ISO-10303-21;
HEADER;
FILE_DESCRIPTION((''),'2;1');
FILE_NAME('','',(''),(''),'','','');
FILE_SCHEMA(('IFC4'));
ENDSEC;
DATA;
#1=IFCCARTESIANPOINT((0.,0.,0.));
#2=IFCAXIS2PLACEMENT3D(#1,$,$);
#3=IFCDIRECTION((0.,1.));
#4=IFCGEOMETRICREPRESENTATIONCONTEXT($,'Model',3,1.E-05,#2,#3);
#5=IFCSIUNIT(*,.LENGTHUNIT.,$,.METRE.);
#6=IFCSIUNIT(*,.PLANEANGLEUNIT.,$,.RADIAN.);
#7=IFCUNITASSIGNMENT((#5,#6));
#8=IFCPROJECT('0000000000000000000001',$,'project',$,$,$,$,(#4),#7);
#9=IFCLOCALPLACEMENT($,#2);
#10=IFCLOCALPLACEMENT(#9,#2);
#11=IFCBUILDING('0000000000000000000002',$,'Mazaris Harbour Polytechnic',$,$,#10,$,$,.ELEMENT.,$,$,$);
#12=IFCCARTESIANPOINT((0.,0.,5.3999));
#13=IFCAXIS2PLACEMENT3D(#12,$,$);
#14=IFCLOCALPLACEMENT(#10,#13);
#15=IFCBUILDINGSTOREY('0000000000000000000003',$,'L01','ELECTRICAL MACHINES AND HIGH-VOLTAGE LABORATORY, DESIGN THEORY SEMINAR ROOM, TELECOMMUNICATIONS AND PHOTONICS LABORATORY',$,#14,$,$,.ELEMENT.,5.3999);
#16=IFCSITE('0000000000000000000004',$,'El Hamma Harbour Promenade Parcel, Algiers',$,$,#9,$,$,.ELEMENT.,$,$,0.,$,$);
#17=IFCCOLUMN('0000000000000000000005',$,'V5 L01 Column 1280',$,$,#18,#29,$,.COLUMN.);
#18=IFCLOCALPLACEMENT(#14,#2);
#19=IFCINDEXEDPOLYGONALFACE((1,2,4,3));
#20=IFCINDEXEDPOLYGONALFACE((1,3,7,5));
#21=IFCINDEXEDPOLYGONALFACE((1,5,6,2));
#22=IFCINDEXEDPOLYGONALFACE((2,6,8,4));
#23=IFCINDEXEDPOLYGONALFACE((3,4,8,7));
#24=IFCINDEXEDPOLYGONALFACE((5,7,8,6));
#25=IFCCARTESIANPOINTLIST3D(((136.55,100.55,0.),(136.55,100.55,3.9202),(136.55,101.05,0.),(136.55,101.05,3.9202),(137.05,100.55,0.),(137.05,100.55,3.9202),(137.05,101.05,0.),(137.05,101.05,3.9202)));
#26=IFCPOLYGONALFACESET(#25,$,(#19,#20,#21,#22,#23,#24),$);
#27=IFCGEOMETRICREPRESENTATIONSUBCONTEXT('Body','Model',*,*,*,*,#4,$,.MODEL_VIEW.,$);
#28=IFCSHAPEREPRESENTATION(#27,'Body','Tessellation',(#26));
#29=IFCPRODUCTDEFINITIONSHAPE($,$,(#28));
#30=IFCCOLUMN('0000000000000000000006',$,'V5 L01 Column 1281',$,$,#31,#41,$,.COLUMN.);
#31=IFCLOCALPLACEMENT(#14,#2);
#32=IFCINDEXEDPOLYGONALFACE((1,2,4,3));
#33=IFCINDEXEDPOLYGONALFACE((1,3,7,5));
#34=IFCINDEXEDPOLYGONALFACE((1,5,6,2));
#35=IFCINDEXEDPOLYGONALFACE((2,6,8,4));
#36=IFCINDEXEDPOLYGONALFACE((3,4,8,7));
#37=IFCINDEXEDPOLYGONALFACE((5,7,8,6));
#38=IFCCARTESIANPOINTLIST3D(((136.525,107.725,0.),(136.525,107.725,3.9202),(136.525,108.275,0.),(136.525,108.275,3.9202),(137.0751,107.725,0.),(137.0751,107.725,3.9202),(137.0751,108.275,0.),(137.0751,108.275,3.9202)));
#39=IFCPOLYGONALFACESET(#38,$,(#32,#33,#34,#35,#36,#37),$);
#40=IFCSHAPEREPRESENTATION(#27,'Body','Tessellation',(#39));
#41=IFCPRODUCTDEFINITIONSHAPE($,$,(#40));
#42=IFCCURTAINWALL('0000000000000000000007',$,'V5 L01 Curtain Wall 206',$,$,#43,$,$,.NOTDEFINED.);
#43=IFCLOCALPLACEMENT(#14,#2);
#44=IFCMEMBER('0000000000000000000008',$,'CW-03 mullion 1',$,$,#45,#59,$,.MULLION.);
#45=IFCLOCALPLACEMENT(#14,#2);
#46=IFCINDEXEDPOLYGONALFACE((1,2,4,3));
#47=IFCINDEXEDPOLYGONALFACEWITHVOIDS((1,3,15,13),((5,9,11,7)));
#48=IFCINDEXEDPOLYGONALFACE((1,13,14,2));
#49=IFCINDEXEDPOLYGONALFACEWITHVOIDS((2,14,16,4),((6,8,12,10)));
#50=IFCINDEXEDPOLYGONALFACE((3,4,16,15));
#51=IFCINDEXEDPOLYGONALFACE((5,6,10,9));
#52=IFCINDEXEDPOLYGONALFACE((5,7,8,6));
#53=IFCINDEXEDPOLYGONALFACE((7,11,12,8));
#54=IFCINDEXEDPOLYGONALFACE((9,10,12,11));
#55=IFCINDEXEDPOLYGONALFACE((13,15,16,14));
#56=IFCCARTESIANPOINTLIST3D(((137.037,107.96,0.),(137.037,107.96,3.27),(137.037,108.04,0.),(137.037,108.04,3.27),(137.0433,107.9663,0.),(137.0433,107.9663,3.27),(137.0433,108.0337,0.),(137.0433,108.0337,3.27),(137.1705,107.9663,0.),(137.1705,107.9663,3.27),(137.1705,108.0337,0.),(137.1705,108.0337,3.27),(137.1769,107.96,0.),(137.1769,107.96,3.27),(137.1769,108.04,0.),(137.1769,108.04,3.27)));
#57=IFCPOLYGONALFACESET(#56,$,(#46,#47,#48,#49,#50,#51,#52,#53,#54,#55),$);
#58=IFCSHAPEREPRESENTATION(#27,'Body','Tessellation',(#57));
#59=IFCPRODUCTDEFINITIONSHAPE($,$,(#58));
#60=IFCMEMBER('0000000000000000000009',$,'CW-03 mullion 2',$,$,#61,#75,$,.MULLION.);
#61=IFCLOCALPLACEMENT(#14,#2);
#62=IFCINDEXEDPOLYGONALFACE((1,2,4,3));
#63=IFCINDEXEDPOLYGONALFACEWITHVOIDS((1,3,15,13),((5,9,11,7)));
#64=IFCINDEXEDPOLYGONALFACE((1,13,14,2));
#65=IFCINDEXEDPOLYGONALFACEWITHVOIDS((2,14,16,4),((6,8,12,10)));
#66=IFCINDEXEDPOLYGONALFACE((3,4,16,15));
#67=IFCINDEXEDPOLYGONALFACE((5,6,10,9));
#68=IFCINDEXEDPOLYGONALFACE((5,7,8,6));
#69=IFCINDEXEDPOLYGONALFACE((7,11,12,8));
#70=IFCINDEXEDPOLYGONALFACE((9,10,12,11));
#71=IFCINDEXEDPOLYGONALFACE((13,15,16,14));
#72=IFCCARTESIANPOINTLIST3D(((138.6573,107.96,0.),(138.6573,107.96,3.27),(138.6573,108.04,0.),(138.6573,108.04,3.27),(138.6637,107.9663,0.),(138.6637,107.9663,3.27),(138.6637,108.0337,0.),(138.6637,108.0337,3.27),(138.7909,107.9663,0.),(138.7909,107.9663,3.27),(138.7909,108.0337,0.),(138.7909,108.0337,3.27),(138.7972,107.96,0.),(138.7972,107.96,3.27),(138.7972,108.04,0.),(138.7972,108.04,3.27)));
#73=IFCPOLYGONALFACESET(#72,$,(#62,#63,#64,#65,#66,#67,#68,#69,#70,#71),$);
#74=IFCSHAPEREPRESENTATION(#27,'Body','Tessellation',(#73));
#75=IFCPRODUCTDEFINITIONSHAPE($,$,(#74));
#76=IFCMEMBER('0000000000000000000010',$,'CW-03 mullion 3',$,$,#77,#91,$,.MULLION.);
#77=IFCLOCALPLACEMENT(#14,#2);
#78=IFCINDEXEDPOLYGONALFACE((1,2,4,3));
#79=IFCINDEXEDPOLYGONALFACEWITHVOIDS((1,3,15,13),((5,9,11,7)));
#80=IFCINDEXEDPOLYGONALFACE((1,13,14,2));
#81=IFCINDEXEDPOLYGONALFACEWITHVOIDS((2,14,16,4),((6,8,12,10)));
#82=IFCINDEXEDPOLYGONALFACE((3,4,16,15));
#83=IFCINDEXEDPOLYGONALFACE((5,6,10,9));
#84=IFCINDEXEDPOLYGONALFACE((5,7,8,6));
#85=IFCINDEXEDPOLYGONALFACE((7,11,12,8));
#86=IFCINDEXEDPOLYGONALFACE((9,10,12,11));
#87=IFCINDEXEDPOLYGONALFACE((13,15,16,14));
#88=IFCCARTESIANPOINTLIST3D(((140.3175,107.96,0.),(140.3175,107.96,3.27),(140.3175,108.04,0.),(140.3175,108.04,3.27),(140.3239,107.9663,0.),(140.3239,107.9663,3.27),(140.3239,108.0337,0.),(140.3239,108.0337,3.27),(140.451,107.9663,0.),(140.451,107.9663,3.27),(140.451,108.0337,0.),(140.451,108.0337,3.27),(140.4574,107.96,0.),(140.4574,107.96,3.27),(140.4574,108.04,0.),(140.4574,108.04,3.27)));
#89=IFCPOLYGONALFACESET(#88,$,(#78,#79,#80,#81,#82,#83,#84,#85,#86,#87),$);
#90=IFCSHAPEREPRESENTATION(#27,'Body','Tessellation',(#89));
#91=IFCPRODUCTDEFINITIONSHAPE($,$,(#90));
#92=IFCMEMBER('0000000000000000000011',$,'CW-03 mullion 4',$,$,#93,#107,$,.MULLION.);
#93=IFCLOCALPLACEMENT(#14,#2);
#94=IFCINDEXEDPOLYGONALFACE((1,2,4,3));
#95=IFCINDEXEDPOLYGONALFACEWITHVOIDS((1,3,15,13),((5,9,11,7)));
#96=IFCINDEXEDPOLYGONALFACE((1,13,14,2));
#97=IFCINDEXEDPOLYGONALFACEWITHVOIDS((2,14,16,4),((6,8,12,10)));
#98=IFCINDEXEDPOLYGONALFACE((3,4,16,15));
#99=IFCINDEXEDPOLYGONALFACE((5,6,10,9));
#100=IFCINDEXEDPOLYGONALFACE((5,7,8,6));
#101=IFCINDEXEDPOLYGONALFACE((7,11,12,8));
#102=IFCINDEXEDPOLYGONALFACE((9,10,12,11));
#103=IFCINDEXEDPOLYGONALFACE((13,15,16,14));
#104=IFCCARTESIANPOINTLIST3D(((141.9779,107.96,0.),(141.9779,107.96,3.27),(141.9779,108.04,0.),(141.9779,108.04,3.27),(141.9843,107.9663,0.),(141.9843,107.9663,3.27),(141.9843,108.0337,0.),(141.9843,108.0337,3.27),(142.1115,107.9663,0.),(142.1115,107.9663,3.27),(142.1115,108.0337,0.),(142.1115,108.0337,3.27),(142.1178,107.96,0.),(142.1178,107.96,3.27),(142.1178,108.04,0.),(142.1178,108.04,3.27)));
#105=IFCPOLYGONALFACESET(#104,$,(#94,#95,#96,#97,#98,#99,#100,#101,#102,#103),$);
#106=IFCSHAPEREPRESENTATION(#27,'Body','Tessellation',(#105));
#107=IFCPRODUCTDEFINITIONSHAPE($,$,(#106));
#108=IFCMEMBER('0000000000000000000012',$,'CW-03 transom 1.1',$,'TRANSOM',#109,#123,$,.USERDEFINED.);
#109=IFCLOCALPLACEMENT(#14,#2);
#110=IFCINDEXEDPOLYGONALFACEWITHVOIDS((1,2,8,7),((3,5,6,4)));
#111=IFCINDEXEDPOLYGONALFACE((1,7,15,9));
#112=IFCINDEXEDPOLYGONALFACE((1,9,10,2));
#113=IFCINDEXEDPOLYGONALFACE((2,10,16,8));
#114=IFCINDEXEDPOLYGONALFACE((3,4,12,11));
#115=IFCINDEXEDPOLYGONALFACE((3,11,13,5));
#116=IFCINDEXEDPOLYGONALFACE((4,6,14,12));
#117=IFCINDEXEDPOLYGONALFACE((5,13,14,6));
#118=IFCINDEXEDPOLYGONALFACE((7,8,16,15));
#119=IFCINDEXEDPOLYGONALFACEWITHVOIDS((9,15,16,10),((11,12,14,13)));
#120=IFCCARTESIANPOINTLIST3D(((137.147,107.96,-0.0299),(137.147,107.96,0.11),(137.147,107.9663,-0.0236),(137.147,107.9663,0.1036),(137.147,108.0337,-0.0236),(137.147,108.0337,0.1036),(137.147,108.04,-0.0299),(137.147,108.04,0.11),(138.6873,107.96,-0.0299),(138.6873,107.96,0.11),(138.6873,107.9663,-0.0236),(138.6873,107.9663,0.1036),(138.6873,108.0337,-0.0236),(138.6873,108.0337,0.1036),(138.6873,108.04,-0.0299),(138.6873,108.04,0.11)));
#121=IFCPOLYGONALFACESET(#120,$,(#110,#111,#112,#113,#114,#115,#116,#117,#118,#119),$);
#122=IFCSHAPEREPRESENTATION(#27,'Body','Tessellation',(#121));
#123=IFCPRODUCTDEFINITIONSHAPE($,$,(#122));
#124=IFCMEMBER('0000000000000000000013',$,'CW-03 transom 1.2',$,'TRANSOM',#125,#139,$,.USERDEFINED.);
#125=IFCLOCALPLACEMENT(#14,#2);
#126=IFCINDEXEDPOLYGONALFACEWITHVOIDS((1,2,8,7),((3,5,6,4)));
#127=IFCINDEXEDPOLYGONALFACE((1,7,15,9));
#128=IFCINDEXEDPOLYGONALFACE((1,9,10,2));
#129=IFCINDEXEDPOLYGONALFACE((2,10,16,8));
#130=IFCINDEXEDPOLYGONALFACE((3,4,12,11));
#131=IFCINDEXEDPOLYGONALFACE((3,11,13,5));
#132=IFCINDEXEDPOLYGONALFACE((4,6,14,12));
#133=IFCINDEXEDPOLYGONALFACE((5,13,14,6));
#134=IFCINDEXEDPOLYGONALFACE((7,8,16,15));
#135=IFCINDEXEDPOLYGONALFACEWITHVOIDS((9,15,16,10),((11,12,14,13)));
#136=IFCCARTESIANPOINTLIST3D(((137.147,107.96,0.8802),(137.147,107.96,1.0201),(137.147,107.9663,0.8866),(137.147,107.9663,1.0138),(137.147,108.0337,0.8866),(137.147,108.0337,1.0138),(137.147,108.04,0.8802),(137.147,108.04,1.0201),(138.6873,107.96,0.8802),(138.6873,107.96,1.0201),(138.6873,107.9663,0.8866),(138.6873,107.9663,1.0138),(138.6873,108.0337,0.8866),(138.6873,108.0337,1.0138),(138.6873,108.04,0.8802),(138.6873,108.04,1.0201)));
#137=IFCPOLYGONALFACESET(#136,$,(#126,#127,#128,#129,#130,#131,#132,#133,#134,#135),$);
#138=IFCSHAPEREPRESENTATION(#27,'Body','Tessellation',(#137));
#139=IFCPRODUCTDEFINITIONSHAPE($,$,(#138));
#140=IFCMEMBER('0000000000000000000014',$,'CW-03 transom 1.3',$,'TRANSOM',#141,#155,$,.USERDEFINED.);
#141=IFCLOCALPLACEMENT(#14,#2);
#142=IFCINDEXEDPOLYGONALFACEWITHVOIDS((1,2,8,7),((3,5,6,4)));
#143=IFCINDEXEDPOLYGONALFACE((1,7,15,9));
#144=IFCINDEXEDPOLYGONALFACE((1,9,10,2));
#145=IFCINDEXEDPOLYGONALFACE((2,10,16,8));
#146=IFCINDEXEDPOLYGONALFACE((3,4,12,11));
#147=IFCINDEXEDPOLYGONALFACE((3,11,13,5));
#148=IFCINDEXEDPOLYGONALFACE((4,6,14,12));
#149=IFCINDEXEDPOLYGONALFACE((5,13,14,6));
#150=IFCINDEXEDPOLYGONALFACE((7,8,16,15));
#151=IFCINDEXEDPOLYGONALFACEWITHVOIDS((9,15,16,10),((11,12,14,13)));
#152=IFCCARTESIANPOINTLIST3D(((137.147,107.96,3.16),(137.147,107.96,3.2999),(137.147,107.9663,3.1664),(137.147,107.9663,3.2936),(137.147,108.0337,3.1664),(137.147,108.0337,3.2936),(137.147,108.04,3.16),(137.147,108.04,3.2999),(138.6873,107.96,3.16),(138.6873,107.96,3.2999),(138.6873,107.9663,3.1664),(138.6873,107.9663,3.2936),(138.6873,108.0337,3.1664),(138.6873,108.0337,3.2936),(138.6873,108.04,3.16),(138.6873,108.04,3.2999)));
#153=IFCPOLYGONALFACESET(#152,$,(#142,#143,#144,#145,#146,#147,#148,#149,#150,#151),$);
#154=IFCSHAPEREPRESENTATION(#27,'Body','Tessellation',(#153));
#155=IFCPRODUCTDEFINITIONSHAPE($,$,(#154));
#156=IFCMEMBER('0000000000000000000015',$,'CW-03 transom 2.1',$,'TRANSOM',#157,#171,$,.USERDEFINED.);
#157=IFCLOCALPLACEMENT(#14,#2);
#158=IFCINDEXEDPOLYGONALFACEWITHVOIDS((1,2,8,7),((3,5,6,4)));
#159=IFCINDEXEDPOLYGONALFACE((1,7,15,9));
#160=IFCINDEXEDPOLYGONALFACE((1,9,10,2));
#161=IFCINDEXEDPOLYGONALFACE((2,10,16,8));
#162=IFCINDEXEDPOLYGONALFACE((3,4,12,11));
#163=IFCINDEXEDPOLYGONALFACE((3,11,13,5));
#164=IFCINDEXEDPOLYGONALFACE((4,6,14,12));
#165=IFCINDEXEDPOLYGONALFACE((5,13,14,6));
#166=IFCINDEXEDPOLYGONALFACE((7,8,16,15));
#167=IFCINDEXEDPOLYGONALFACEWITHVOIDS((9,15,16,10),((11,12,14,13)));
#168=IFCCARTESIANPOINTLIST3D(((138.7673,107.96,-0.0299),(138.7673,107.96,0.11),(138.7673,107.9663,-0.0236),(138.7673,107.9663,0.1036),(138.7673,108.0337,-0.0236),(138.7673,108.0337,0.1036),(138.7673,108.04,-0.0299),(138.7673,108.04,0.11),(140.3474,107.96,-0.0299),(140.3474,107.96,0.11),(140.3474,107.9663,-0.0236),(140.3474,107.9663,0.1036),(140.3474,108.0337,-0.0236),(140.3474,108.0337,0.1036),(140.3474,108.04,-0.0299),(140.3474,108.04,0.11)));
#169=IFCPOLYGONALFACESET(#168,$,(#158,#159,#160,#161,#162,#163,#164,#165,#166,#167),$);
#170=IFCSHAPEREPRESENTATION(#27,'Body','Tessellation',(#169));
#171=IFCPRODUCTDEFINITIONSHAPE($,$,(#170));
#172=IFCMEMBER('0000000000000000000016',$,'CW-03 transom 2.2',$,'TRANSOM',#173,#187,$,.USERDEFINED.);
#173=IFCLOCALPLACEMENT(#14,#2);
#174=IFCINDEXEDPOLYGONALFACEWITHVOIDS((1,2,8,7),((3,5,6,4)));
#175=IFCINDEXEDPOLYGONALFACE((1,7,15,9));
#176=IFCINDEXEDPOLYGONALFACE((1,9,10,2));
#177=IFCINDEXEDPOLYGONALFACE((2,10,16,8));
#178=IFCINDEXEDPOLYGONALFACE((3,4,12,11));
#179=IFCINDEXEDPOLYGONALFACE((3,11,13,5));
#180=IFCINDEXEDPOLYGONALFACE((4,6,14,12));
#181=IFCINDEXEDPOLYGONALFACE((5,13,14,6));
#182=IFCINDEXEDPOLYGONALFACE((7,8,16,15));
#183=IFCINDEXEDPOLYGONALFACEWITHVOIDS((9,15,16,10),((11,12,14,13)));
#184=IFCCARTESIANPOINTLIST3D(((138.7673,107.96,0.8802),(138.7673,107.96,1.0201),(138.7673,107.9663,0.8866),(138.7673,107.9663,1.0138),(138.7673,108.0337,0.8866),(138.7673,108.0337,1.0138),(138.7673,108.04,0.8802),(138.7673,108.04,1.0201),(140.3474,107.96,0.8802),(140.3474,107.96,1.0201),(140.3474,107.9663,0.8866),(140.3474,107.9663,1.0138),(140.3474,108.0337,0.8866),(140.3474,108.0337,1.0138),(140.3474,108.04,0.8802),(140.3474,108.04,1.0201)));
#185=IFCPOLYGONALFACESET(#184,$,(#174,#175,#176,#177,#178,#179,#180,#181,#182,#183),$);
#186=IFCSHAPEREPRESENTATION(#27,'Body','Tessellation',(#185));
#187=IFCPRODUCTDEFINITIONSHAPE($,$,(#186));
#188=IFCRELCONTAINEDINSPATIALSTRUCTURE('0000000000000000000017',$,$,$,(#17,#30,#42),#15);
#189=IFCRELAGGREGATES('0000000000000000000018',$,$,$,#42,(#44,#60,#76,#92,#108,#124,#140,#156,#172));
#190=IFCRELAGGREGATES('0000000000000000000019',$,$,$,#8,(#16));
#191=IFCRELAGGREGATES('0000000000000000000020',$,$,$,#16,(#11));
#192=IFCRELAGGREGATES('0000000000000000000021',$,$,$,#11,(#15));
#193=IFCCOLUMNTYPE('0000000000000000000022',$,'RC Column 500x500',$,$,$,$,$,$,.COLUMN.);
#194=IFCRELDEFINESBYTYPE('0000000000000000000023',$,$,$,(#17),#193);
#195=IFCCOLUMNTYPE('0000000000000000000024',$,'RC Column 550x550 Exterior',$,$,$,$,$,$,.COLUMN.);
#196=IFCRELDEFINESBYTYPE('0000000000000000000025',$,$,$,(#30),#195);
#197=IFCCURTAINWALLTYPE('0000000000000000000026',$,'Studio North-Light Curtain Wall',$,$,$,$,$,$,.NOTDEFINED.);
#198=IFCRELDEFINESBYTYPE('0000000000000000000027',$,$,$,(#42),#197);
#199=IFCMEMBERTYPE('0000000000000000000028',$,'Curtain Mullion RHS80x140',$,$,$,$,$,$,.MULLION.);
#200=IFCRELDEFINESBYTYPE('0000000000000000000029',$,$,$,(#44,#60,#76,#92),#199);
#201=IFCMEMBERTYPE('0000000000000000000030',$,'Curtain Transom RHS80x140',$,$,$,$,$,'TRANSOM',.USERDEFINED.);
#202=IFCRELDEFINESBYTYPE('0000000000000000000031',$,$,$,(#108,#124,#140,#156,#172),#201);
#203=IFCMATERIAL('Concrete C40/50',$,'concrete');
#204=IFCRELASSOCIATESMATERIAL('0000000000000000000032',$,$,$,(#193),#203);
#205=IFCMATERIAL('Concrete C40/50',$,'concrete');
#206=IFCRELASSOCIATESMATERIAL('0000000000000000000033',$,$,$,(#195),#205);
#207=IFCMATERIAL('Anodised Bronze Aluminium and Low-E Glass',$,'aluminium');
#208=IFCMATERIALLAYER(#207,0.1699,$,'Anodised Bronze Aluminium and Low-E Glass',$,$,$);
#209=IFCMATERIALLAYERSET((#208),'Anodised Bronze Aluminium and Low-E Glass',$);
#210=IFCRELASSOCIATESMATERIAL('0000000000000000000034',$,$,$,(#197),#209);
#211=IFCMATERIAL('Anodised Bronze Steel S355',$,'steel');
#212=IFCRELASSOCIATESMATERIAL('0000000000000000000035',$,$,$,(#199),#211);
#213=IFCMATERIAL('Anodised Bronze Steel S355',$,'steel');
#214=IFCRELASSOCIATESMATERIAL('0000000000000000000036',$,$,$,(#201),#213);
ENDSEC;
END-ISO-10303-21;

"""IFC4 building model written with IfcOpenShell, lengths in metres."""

from ifc_helpers import new_model, si_unit, direction, frame, origin, origin_2d, place, context, subcontext, project, spatial, rectangle, hollow_rectangle, extrude, material, layer, layer_set, material_profile, profile_set, type_object, element, aggregate, save


model = new_model("IFC4")

# Units and contexts
model_context = context("Model", 3, precision=1e-05, world=origin(), true_north=direction((0.0, 1.0)))
body_context = subcontext(model_context, "Body", "Model", "MODEL_VIEW")
ifc_project = project(units=[si_unit("LENGTHUNIT", "METRE"), si_unit("PLANEANGLEUNIT", "RADIAN")], contexts=[model_context])

# Site, building, storey
site_placement = place(None, origin())
site = spatial("IfcSite", under=ifc_project, at=site_placement, Name="El Hamma Harbour Promenade Parcel, Algiers", CompositionType="ELEMENT", RefElevation=0.0)
building_placement = place(site_placement, origin())
building = spatial("IfcBuilding", under=site, at=building_placement, Name="Mazaris Harbour Polytechnic", CompositionType="ELEMENT")
storey_placement = place(building_placement, frame((0.0, 0.0, 5.3999)))
storey = spatial("IfcBuildingStorey", under=building, at=storey_placement, Name="L01", Description="ELECTRICAL MACHINES AND HIGH-VOLTAGE LABORATORY, DESIGN THEORY SEMINAR ROOM, TELECOMMUNICATIONS AND PHOTONICS LABORATORY", CompositionType="ELEMENT", Elevation=5.3999)

# Columns
ifc_material_1 = material(Name="Concrete C40/50", Category="concrete")
ifc_material_profile_1 = material_profile(ifc_material_1, rectangle(XDim=0.5, YDim=0.5, at=origin_2d()), Name="RECT500x500")
ifc_profile_set_1 = profile_set([ifc_material_profile_1], Name="Concrete C40/50")
column_type_1 = type_object("IfcColumnType", Name="RC Column 500x500", PredefinedType="COLUMN", material=ifc_profile_set_1)
column_1_placement = place(storey_placement, frame((136.8, 100.8, 0.0), z_axis=(0.0, 0.0, 1.0), x_axis=(1.0, 0.0, 0.0)))
element("IfcColumn", 1, at=column_1_placement, inside=storey, type_object=column_type_1, Name="V5 L01 Column 1280", PredefinedType="COLUMN", context=body_context, shape_type="SweptSolid", body=[
    extrude(rectangle(XDim=0.5, YDim=0.5, at=origin_2d()), origin(), (0.0, 0.0, 1.0), 3.9202),
])
ifc_material_2 = material(Name="Concrete C40/50", Category="concrete")
ifc_material_profile_2 = material_profile(ifc_material_2, rectangle(XDim=0.55, YDim=0.55, at=origin_2d()), Name="RECT550x550")
ifc_profile_set_2 = profile_set([ifc_material_profile_2], Name="Concrete C40/50")
column_type_2 = type_object("IfcColumnType", Name="RC Column 550x550 Exterior", PredefinedType="COLUMN", material=ifc_profile_set_2)
column_2_placement = place(storey_placement, frame((136.8, 108.0, 0.0), z_axis=(0.0, 0.0, 1.0), x_axis=(1.0, 0.0, 0.0)))
element("IfcColumn", 2, at=column_2_placement, inside=storey, type_object=column_type_2, Name="V5 L01 Column 1281", PredefinedType="COLUMN", context=body_context, shape_type="SweptSolid", body=[
    extrude(rectangle(XDim=0.55, YDim=0.55, at=origin_2d()), origin(), (0.0, 0.0, 1.0), 3.9202),
])

# Curtain wall, members
ifc_material_3 = material(Name="Anodised Bronze Aluminium and Low-E Glass", Category="aluminium")
ifc_layer_1 = layer(ifc_material_3, 0.1699, Name="Anodised Bronze Aluminium and Low-E Glass")
ifc_layer_set_1 = layer_set([ifc_layer_1], Name="Anodised Bronze Aluminium and Low-E Glass")
curtain_wall_type = type_object("IfcCurtainWallType", Name="Studio North-Light Curtain Wall", PredefinedType="NOTDEFINED", material=ifc_layer_set_1)
curtain_wall_placement = place(storey_placement, origin())
curtain_wall = element("IfcCurtainWall", 3, at=curtain_wall_placement, inside=storey, type_object=curtain_wall_type, Name="V5 L01 Curtain Wall 206", PredefinedType="NOTDEFINED")
ifc_material_4 = material(Name="Anodised Bronze Steel S355", Category="steel")
ifc_material_profile_3 = material_profile(ifc_material_4, hollow_rectangle(XDim=0.0801, YDim=0.1399, WallThickness=0.0063, at=origin_2d()), Name="RHS 80x140x6.3")
ifc_profile_set_3 = profile_set([ifc_material_profile_3], Name="Anodised Bronze Steel S355")
member_type_1 = type_object("IfcMemberType", Name="Curtain Mullion RHS80x140", PredefinedType="MULLION", material=ifc_profile_set_3)
member_1_placement = place(storey_placement, frame((137.1069, 108.0, 0.0), z_axis=(0.0, 0.0, 1.0), x_axis=(0.0, 1.0, 0.0)))
member_1 = element("IfcMember", 4, at=member_1_placement, type_object=member_type_1, Name="CW-03 mullion 1", PredefinedType="MULLION", context=body_context, shape_type="SweptSolid", body=[
    extrude(hollow_rectangle(XDim=0.0801, YDim=0.1399, WallThickness=0.0063, at=origin_2d()), origin(), (0.0, 0.0, 1.0), 3.27),
])
member_2_placement = place(storey_placement, frame((138.7273, 108.0, 0.0), z_axis=(0.0, 0.0, 1.0), x_axis=(0.0, 1.0, 0.0)))
member_2 = element("IfcMember", 5, at=member_2_placement, type_object=member_type_1, Name="CW-03 mullion 2", PredefinedType="MULLION", context=body_context, shape_type="SweptSolid", body=[
    extrude(hollow_rectangle(XDim=0.0801, YDim=0.1399, WallThickness=0.0063, at=origin_2d()), origin(), (0.0, 0.0, 1.0), 3.27),
])
member_3_placement = place(storey_placement, frame((140.3875, 108.0, 0.0), z_axis=(0.0, 0.0, 1.0), x_axis=(0.0, 1.0, 0.0)))
member_3 = element("IfcMember", 6, at=member_3_placement, type_object=member_type_1, Name="CW-03 mullion 3", PredefinedType="MULLION", context=body_context, shape_type="SweptSolid", body=[
    extrude(hollow_rectangle(XDim=0.0801, YDim=0.1399, WallThickness=0.0063, at=origin_2d()), origin(), (0.0, 0.0, 1.0), 3.27),
])
member_4_placement = place(storey_placement, frame((142.0479, 108.0, 0.0), z_axis=(0.0, 0.0, 1.0), x_axis=(0.0, 1.0, 0.0)))
member_4 = element("IfcMember", 7, at=member_4_placement, type_object=member_type_1, Name="CW-03 mullion 4", PredefinedType="MULLION", context=body_context, shape_type="SweptSolid", body=[
    extrude(hollow_rectangle(XDim=0.0801, YDim=0.1399, WallThickness=0.0063, at=origin_2d()), origin(), (0.0, 0.0, 1.0), 3.27),
])
ifc_material_5 = material(Name="Anodised Bronze Steel S355", Category="steel")
ifc_material_profile_4 = material_profile(ifc_material_5, hollow_rectangle(XDim=0.0801, YDim=0.1399, WallThickness=0.0063, at=origin_2d()), Name="RHS 80x140x6.3")
ifc_profile_set_4 = profile_set([ifc_material_profile_4], Name="Anodised Bronze Steel S355")
member_type_2 = type_object("IfcMemberType", Name="Curtain Transom RHS80x140", ElementType="TRANSOM", PredefinedType="USERDEFINED", material=ifc_profile_set_4)
member_5_placement = place(storey_placement, frame((137.147, 108.0, 0.04), z_axis=(1.0, 0.0, 0.0), x_axis=(0.0, 1.0, 0.0)))
member_5 = element("IfcMember", 8, at=member_5_placement, type_object=member_type_2, Name="CW-03 transom 1.1", ObjectType="TRANSOM", PredefinedType="USERDEFINED", context=body_context, shape_type="SweptSolid", body=[
    extrude(hollow_rectangle(XDim=0.0801, YDim=0.1399, WallThickness=0.0063, at=origin_2d()), origin(), (0.0, 0.0, 1.0), 1.5403),
])
member_6_placement = place(storey_placement, frame((137.147, 108.0, 0.9502), z_axis=(1.0, 0.0, 0.0), x_axis=(0.0, 1.0, 0.0)))
member_6 = element("IfcMember", 9, at=member_6_placement, type_object=member_type_2, Name="CW-03 transom 1.2", ObjectType="TRANSOM", PredefinedType="USERDEFINED", context=body_context, shape_type="SweptSolid", body=[
    extrude(hollow_rectangle(XDim=0.0801, YDim=0.1399, WallThickness=0.0063, at=origin_2d()), origin(), (0.0, 0.0, 1.0), 1.5403),
])
member_7_placement = place(storey_placement, frame((137.147, 108.0, 3.23), z_axis=(1.0, 0.0, 0.0), x_axis=(0.0, 1.0, 0.0)))
member_7 = element("IfcMember", 10, at=member_7_placement, type_object=member_type_2, Name="CW-03 transom 1.3", ObjectType="TRANSOM", PredefinedType="USERDEFINED", context=body_context, shape_type="SweptSolid", body=[
    extrude(hollow_rectangle(XDim=0.0801, YDim=0.1399, WallThickness=0.0063, at=origin_2d()), origin(), (0.0, 0.0, 1.0), 1.5403),
])
member_8_placement = place(storey_placement, frame((138.7673, 108.0, 0.04), z_axis=(1.0, 0.0, 0.0), x_axis=(0.0, 1.0, 0.0)))
member_8 = element("IfcMember", 11, at=member_8_placement, type_object=member_type_2, Name="CW-03 transom 2.1", ObjectType="TRANSOM", PredefinedType="USERDEFINED", context=body_context, shape_type="SweptSolid", body=[
    extrude(hollow_rectangle(XDim=0.0801, YDim=0.1399, WallThickness=0.0063, at=origin_2d()), origin(), (0.0, 0.0, 1.0), 1.5801),
])
member_9_placement = place(storey_placement, frame((138.7673, 108.0, 0.9502), z_axis=(1.0, 0.0, 0.0), x_axis=(0.0, 1.0, 0.0)))
member_9 = element("IfcMember", 12, at=member_9_placement, type_object=member_type_2, Name="CW-03 transom 2.2", ObjectType="TRANSOM", PredefinedType="USERDEFINED", context=body_context, shape_type="SweptSolid", body=[
    extrude(hollow_rectangle(XDim=0.0801, YDim=0.1399, WallThickness=0.0063, at=origin_2d()), origin(), (0.0, 0.0, 1.0), 1.5801),
])

aggregate(curtain_wall, [member_1, member_2, member_3, member_4, member_5, member_6, member_7, member_8, member_9])

save(model, "model.ifc")
